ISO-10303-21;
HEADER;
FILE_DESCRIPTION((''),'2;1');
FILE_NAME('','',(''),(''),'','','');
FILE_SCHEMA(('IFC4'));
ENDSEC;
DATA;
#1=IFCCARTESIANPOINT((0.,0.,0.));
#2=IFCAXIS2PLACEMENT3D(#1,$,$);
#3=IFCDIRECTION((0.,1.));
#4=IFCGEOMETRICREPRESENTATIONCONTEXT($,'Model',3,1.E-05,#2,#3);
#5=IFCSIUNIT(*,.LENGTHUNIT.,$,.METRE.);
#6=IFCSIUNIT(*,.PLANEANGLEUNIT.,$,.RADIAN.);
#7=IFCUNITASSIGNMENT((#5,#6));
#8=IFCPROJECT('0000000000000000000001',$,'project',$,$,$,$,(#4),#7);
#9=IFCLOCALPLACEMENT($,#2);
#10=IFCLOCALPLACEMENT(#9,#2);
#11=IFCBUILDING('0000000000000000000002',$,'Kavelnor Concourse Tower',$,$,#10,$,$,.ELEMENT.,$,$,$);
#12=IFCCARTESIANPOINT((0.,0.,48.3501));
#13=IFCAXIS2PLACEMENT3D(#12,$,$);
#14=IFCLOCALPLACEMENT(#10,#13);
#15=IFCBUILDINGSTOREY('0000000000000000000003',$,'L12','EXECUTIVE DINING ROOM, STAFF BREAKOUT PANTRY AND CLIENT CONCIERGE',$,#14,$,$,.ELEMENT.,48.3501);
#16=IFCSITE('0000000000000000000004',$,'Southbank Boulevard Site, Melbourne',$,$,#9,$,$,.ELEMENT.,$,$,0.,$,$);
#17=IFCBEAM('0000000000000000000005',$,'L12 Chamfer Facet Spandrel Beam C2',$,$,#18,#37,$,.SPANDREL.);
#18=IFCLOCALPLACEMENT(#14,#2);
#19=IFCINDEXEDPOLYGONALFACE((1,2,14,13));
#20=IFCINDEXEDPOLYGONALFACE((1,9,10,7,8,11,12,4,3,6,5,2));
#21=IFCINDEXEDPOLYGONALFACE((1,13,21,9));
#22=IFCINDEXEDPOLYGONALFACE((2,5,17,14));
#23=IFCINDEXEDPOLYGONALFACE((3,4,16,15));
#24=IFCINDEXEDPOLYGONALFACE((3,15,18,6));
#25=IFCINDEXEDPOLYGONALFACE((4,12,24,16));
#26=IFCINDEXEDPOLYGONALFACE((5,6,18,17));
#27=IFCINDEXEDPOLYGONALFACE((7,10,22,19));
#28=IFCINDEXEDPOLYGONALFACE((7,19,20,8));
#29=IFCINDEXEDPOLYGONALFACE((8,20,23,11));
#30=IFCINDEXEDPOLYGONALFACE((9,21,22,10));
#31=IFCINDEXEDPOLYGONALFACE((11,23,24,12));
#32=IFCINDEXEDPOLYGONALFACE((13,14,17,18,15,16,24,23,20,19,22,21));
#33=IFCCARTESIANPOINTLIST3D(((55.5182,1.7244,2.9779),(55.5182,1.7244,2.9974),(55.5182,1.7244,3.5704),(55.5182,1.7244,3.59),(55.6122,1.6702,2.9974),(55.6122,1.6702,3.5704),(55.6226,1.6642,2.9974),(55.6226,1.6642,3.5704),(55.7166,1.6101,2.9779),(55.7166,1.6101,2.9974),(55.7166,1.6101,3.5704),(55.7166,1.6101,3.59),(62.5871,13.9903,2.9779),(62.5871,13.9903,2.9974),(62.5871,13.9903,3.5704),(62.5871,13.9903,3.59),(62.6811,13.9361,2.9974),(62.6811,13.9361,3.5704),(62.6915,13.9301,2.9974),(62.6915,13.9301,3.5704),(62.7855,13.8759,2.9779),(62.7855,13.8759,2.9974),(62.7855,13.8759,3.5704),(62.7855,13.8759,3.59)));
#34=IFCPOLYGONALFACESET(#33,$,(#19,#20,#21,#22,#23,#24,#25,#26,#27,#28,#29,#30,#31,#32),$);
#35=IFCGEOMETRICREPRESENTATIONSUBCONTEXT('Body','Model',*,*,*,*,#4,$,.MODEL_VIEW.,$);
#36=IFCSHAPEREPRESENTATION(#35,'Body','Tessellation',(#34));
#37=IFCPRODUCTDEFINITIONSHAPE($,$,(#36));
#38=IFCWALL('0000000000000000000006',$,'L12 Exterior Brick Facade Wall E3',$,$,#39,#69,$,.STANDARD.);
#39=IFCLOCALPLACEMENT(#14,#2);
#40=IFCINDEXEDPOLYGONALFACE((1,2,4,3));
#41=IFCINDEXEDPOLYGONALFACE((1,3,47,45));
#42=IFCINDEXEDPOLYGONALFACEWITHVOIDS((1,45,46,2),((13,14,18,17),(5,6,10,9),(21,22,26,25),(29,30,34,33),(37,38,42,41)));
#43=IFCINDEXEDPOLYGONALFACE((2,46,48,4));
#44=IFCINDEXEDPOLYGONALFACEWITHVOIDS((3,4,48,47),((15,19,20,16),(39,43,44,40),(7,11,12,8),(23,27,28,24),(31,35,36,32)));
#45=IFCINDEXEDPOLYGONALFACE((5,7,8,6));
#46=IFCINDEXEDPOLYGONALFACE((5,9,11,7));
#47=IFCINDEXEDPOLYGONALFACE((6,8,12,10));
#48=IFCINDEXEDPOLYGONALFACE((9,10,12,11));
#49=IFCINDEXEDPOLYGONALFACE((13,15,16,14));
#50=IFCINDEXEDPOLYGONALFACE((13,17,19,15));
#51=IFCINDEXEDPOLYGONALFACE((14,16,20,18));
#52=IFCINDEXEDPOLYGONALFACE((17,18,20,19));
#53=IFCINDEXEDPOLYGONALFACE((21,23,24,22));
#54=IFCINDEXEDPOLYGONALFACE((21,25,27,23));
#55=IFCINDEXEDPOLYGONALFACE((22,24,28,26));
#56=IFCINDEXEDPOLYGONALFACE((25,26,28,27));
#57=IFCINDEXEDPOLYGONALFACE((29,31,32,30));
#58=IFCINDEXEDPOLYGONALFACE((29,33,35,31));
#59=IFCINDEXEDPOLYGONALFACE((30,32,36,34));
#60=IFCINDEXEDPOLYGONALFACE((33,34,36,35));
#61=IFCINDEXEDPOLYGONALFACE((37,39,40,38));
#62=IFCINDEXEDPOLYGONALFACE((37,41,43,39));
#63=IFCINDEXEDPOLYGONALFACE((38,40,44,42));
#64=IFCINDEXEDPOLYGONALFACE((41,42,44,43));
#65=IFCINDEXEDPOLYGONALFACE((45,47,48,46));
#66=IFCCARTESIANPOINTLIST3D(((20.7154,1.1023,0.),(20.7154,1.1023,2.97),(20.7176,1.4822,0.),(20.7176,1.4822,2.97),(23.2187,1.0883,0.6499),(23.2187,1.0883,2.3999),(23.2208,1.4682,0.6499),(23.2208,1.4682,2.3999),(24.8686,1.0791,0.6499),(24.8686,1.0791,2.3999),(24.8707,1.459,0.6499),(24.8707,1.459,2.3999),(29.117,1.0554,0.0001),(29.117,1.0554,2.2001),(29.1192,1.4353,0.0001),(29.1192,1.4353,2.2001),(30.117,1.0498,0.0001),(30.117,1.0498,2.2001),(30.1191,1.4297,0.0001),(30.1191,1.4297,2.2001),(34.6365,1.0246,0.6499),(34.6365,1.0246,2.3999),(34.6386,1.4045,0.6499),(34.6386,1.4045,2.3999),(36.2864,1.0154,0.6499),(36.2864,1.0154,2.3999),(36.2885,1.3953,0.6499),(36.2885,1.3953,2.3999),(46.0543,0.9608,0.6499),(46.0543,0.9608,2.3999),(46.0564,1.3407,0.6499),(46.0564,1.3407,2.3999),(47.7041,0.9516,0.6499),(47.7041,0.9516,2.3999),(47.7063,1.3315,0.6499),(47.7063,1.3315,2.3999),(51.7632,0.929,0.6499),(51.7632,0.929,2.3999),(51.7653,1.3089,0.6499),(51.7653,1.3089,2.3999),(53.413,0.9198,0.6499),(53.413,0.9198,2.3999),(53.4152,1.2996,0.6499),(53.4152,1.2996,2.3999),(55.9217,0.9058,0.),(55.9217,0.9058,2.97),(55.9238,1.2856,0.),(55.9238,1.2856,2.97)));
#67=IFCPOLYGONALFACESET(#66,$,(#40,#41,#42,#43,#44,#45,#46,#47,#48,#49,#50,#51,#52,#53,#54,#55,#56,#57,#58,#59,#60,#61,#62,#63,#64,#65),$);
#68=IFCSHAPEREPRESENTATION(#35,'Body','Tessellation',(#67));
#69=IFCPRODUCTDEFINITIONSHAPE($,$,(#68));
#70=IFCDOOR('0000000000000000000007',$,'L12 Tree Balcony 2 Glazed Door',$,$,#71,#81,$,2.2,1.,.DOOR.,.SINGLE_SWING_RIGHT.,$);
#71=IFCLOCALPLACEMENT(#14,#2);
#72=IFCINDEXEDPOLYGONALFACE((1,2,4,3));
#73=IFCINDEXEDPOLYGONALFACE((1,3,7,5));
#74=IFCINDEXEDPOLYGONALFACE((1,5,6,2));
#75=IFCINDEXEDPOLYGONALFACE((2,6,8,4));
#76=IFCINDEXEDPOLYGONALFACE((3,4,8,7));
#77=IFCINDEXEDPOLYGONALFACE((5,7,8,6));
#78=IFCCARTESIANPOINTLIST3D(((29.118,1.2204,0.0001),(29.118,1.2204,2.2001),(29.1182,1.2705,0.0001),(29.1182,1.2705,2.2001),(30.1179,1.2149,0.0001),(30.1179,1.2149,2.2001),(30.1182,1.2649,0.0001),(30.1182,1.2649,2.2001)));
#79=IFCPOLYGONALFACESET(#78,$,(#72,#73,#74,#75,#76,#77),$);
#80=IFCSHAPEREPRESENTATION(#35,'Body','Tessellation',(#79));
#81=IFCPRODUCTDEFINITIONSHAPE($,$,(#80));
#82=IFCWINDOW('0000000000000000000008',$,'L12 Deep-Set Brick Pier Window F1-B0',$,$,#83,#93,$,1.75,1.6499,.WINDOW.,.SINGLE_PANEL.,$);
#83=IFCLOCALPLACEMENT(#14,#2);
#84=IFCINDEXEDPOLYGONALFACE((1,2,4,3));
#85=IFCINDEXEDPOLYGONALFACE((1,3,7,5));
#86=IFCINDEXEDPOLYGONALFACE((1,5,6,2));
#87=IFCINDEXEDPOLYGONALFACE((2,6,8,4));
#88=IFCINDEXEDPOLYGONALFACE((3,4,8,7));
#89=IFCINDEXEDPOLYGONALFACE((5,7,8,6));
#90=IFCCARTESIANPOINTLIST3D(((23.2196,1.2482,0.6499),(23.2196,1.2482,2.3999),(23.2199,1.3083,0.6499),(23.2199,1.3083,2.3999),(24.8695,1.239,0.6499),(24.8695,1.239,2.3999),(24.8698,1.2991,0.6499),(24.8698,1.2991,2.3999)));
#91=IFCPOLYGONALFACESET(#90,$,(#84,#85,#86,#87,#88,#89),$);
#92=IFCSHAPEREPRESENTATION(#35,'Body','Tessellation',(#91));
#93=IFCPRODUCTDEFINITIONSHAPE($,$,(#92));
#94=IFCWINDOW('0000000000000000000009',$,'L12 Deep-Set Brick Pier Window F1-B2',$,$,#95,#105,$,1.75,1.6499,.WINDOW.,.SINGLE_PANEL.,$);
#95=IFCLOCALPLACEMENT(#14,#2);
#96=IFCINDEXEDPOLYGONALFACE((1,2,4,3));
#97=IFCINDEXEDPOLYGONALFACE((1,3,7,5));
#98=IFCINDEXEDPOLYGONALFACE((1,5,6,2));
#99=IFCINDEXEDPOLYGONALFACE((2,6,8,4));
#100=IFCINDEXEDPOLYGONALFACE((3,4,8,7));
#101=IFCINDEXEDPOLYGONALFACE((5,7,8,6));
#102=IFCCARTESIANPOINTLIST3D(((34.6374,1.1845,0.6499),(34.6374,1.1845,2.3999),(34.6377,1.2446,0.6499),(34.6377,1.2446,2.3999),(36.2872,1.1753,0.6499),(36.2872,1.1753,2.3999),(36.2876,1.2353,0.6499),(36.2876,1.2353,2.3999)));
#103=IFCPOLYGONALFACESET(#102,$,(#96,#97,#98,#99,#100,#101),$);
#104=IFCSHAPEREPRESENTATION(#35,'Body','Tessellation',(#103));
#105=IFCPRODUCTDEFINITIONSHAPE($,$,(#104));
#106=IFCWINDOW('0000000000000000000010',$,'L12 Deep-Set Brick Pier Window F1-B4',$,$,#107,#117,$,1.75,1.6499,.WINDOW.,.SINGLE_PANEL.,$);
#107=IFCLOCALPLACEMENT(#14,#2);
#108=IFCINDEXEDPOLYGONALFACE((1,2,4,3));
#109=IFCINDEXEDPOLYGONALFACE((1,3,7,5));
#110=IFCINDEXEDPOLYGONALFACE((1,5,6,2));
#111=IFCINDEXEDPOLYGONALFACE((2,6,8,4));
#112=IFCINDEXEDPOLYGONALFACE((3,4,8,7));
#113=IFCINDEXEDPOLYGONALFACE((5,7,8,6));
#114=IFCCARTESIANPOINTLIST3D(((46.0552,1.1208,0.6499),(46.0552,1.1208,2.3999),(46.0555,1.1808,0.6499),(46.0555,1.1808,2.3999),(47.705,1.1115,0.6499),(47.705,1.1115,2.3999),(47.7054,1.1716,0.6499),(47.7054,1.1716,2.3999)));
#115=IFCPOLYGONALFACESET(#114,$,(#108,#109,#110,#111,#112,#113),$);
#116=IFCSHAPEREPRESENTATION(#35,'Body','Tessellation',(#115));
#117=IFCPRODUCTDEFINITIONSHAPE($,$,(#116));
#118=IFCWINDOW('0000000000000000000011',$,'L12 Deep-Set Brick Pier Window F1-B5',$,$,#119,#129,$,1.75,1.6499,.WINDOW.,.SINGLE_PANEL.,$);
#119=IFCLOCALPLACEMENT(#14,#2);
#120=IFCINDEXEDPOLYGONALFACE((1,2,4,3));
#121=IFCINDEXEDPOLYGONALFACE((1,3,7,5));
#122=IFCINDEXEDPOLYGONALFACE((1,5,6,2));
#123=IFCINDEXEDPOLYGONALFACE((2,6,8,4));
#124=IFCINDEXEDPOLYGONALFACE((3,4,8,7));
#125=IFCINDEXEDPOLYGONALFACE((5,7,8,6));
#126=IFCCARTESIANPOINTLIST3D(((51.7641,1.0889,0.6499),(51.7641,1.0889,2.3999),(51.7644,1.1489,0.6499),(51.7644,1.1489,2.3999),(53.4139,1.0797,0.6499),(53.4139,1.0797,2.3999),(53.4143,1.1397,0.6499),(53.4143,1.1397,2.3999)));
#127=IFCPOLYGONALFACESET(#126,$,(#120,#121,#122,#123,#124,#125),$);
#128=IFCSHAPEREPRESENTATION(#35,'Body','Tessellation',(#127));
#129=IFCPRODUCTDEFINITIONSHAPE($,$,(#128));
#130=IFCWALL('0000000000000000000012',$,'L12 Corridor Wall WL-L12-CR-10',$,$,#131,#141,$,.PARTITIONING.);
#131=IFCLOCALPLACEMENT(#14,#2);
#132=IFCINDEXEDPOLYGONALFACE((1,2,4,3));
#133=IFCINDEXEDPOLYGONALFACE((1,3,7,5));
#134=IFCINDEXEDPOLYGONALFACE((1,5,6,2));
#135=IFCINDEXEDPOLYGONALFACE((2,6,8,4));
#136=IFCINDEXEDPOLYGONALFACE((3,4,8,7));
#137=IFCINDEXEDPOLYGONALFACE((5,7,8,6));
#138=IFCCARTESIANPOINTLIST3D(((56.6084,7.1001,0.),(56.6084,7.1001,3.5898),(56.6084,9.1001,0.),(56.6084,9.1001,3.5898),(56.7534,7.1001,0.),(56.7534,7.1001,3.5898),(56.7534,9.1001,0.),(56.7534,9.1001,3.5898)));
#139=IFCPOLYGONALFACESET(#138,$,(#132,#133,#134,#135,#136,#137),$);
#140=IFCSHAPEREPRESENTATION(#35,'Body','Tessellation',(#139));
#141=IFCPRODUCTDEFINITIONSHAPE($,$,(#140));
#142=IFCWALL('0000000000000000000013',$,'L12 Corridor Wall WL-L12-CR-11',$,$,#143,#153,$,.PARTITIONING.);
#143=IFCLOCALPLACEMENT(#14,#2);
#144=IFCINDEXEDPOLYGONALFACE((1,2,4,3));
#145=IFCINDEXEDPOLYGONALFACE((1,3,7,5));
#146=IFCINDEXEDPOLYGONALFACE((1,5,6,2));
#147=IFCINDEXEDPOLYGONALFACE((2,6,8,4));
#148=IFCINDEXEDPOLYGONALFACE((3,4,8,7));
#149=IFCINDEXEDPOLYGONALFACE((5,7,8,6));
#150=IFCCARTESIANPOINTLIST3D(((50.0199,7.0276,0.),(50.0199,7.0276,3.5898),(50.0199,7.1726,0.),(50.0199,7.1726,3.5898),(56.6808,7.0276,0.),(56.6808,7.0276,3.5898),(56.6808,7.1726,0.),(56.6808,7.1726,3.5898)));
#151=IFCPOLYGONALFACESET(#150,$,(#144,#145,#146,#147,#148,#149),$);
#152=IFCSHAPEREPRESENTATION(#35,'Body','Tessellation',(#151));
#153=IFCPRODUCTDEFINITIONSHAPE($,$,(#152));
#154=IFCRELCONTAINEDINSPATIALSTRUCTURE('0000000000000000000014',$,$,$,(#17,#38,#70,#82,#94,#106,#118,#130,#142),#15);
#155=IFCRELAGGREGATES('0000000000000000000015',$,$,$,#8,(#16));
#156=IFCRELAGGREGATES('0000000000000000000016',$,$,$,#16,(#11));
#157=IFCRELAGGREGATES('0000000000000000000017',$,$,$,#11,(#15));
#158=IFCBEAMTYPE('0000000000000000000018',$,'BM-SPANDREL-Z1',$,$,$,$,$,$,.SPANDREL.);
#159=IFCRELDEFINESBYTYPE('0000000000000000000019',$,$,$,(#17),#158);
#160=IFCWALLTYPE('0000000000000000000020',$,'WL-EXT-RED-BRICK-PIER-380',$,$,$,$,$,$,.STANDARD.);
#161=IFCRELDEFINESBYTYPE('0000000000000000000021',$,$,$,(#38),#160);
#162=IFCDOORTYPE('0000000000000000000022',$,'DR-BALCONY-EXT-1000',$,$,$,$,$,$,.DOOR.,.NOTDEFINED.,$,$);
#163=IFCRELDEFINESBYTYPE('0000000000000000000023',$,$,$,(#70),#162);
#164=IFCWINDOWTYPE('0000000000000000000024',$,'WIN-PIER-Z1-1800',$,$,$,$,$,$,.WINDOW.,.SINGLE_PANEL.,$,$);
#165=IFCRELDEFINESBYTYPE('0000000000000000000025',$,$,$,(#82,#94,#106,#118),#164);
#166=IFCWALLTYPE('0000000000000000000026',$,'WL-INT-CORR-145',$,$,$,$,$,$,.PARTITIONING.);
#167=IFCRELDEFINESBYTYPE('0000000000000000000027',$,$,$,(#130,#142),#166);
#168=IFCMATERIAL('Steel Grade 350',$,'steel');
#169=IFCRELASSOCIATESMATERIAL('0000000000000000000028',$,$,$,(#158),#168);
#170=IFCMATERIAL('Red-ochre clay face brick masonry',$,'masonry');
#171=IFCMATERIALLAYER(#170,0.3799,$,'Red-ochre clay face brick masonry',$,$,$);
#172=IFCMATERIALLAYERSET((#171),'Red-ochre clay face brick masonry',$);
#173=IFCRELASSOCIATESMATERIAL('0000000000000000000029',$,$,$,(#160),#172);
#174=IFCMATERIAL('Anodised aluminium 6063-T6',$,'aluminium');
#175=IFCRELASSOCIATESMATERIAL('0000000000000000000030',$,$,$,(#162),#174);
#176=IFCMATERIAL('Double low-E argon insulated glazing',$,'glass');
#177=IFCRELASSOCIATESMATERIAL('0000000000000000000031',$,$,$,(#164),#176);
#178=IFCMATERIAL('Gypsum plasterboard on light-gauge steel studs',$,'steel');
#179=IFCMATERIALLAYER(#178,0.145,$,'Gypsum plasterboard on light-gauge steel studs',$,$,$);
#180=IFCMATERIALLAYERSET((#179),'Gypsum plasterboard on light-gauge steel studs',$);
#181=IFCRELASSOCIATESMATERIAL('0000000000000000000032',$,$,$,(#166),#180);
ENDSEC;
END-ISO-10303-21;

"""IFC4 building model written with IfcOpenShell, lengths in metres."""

from ifc_helpers import new_model, si_unit, direction, frame, frame_2d, origin, origin_2d, place, context, subcontext, project, spatial, rectangle, i_section, extrude, material, layer, layer_set, material_profile, profile_set, type_object, element, fill, save


model = new_model("IFC4")

# Units and contexts
model_context = context("Model", 3, precision=1e-05, world=origin(), true_north=direction((0.0, 1.0)))
body_context = subcontext(model_context, "Body", "Model", "MODEL_VIEW")
ifc_project = project(units=[si_unit("LENGTHUNIT", "METRE"), si_unit("PLANEANGLEUNIT", "RADIAN")], contexts=[model_context])

# Site, building, storey
site_placement = place(None, origin())
site = spatial("IfcSite", under=ifc_project, at=site_placement, Name="Southbank Boulevard Site, Melbourne", CompositionType="ELEMENT", RefElevation=0.0)
building_placement = place(site_placement, origin())
building = spatial("IfcBuilding", under=site, at=building_placement, Name="Kavelnor Concourse Tower", CompositionType="ELEMENT")
storey_placement = place(building_placement, frame((0.0, 0.0, 48.3501)))
storey = spatial("IfcBuildingStorey", under=building, at=storey_placement, Name="L12", Description="EXECUTIVE DINING ROOM, STAFF BREAKOUT PANTRY AND CLIENT CONCIERGE", CompositionType="ELEMENT", Elevation=48.3501)

# Shared definitions
ifc_material_1 = material(Name="Steel Grade 350", Category="steel")

# Beam
ifc_material_profile_1 = material_profile(ifc_material_1, i_section(OverallWidth=0.229, OverallDepth=0.6121, WebThickness=0.012, FlangeThickness=0.0195, at=origin_2d()), Name="610UB125")
ifc_profile_set_1 = profile_set([ifc_material_profile_1], Name="Steel Grade 350")
beam_type_1 = type_object("IfcBeamType", Name="BM-SPANDREL-Z1", PredefinedType="SPANDREL", material=ifc_profile_set_1)
beam_1_placement = place(storey_placement, frame((55.6174, 1.6672, 3.2839), z_axis=(0.499319, 0.866418, 0.0), x_axis=(-0.866418, 0.499319, 0.0)))
element("IfcBeam", 1, at=beam_1_placement, inside=storey, type_object=beam_type_1, Name="L12 Chamfer Facet Spandrel Beam C2", PredefinedType="SPANDREL", context=body_context, shape_type="SweptSolid", body=[
    extrude(i_section(OverallWidth=0.229, OverallDepth=0.6121, WebThickness=0.012, FlangeThickness=0.0195, at=origin_2d()), origin(), (0.0, 0.0, 1.0), 14.157),
])

# Wall, openings, door, windows
ifc_material_2 = material(Name="Red-ochre clay face brick masonry", Category="masonry")
ifc_layer_1 = layer(ifc_material_2, 0.3799, Name="Red-ochre clay face brick masonry")
ifc_layer_set_1 = layer_set([ifc_layer_1], Name="Red-ochre clay face brick masonry")
wall_type_1 = type_object("IfcWallType", Name="WL-EXT-RED-BRICK-PIER-380", PredefinedType="STANDARD", material=ifc_layer_set_1)
wall_1_placement = place(storey_placement, frame((55.9229, 1.0957, 0.0), z_axis=(0.0, 0.0, 1.0), x_axis=(-0.999984, 0.005582, 0.0)))
wall_1 = element("IfcWall", 2, at=wall_1_placement, inside=storey, type_object=wall_type_1, Name="L12 Exterior Brick Facade Wall E3", PredefinedType="STANDARD", context=body_context, shape_type="SweptSolid", body=[
    extrude(rectangle(XDim=35.2068, YDim=0.3799, at=frame_2d((17.6035, 0.0))), origin(), (0.0, 0.0, 1.0), 2.97),
])
opening_1_placement = place(wall_1_placement, frame((25.8052, 0.0, 0.0)))
opening_1 = element("IfcOpeningElement", 3, at=opening_1_placement, cuts=wall_1, PredefinedType="OPENING", context=body_context, shape_type="SweptSolid", body=[
    extrude(rectangle(XDim=1.0, YDim=2.2, at=frame_2d((0.5, 1.1001))), frame((0.0, 0.2, 0.0), z_axis=(0.0, -1.0, 0.0), x_axis=(1.0, 0.0, 0.0)), (0.0, 0.0, 1.0), 0.3999),
])
opening_2_placement = place(wall_1_placement, frame((31.0537, 0.0, 0.6499)))
opening_2 = element("IfcOpeningElement", 4, at=opening_2_placement, cuts=wall_1, PredefinedType="OPENING", context=body_context, shape_type="SweptSolid", body=[
    extrude(rectangle(XDim=1.6499, YDim=1.75, at=frame_2d((0.825, 0.875))), frame((0.0, 0.2, 0.0), z_axis=(0.0, -1.0, 0.0), x_axis=(1.0, 0.0, 0.0)), (0.0, 0.0, 1.0), 0.3999),
])
opening_3_placement = place(wall_1_placement, frame((19.6357, 0.0, 0.6499)))
opening_3 = element("IfcOpeningElement", 5, at=opening_3_placement, cuts=wall_1, PredefinedType="OPENING", context=body_context, shape_type="SweptSolid", body=[
    extrude(rectangle(XDim=1.6499, YDim=1.75, at=frame_2d((0.825, 0.875))), frame((0.0, 0.2, 0.0), z_axis=(0.0, -1.0, 0.0), x_axis=(1.0, 0.0, 0.0)), (0.0, 0.0, 1.0), 0.3999),
])
opening_4_placement = place(wall_1_placement, frame((8.2178, 0.0, 0.6499)))
opening_4 = element("IfcOpeningElement", 6, at=opening_4_placement, cuts=wall_1, PredefinedType="OPENING", context=body_context, shape_type="SweptSolid", body=[
    extrude(rectangle(XDim=1.6499, YDim=1.75, at=frame_2d((0.825, 0.875))), frame((0.0, 0.2, 0.0), z_axis=(0.0, -1.0, 0.0), x_axis=(1.0, 0.0, 0.0)), (0.0, 0.0, 1.0), 0.3999),
])
opening_5_placement = place(wall_1_placement, frame((2.5088, 0.0, 0.6499)))
opening_5 = element("IfcOpeningElement", 7, at=opening_5_placement, cuts=wall_1, PredefinedType="OPENING", context=body_context, shape_type="SweptSolid", body=[
    extrude(rectangle(XDim=1.6499, YDim=1.75, at=frame_2d((0.825, 0.875))), frame((0.0, 0.2, 0.0), z_axis=(0.0, -1.0, 0.0), x_axis=(1.0, 0.0, 0.0)), (0.0, 0.0, 1.0), 0.3999),
])
ifc_material_3 = material(Name="Anodised aluminium 6063-T6", Category="aluminium")
door_type = type_object("IfcDoorType", Name="DR-BALCONY-EXT-1000", OperationType="NOTDEFINED", PredefinedType="DOOR", material=ifc_material_3)
door_placement = place(opening_1_placement, origin())
door = element("IfcDoor", 8, at=door_placement, inside=storey, type_object=door_type, Name="L12 Tree Balcony 2 Glazed Door", OperationType="SINGLE_SWING_RIGHT", OverallHeight=2.2, OverallWidth=1.0, PredefinedType="DOOR", context=body_context, shape_type="SweptSolid", body=[
    extrude(rectangle(XDim=1.0, YDim=2.2, at=frame_2d((0.5, 1.1001))), frame((0.0, 0.0249, 0.0), z_axis=(0.0, -1.0, 0.0), x_axis=(1.0, 0.0, 0.0)), (0.0, 0.0, 1.0), 0.05),
])
fill(opening_1, door)
ifc_material_4 = material(Name="Double low-E argon insulated glazing", Category="glass")
window_type = type_object("IfcWindowType", Name="WIN-PIER-Z1-1800", PartitioningType="SINGLE_PANEL", PredefinedType="WINDOW", material=ifc_material_4)
window_1_placement = place(opening_2_placement, origin())
window_1 = element("IfcWindow", 9, at=window_1_placement, inside=storey, type_object=window_type, Name="L12 Deep-Set Brick Pier Window F1-B0", OverallHeight=1.75, OverallWidth=1.6499, PartitioningType="SINGLE_PANEL", PredefinedType="WINDOW", context=body_context, shape_type="SweptSolid", body=[
    extrude(rectangle(XDim=1.6499, YDim=1.75, at=frame_2d((0.825, 0.875))), frame((0.0, 0.03, 0.0), z_axis=(0.0, -1.0, 0.0), x_axis=(1.0, 0.0, 0.0)), (0.0, 0.0, 1.0), 0.0601),
])
fill(opening_2, window_1)
window_2_placement = place(opening_3_placement, origin())
window_2 = element("IfcWindow", 10, at=window_2_placement, inside=storey, type_object=window_type, Name="L12 Deep-Set Brick Pier Window F1-B2", OverallHeight=1.75, OverallWidth=1.6499, PartitioningType="SINGLE_PANEL", PredefinedType="WINDOW", context=body_context, shape_type="SweptSolid", body=[
    extrude(rectangle(XDim=1.6499, YDim=1.75, at=frame_2d((0.825, 0.875))), frame((0.0, 0.03, 0.0), z_axis=(0.0, -1.0, 0.0), x_axis=(1.0, 0.0, 0.0)), (0.0, 0.0, 1.0), 0.0601),
])
fill(opening_3, window_2)
window_3_placement = place(opening_4_placement, origin())
window_3 = element("IfcWindow", 11, at=window_3_placement, inside=storey, type_object=window_type, Name="L12 Deep-Set Brick Pier Window F1-B4", OverallHeight=1.75, OverallWidth=1.6499, PartitioningType="SINGLE_PANEL", PredefinedType="WINDOW", context=body_context, shape_type="SweptSolid", body=[
    extrude(rectangle(XDim=1.6499, YDim=1.75, at=frame_2d((0.825, 0.875))), frame((0.0, 0.03, 0.0), z_axis=(0.0, -1.0, 0.0), x_axis=(1.0, 0.0, 0.0)), (0.0, 0.0, 1.0), 0.0601),
])
fill(opening_4, window_3)
window_4_placement = place(opening_5_placement, origin())
window_4 = element("IfcWindow", 12, at=window_4_placement, inside=storey, type_object=window_type, Name="L12 Deep-Set Brick Pier Window F1-B5", OverallHeight=1.75, OverallWidth=1.6499, PartitioningType="SINGLE_PANEL", PredefinedType="WINDOW", context=body_context, shape_type="SweptSolid", body=[
    extrude(rectangle(XDim=1.6499, YDim=1.75, at=frame_2d((0.825, 0.875))), frame((0.0, 0.03, 0.0), z_axis=(0.0, -1.0, 0.0), x_axis=(1.0, 0.0, 0.0)), (0.0, 0.0, 1.0), 0.0601),
])
fill(opening_5, window_4)

# Walls
ifc_material_5 = material(Name="Gypsum plasterboard on light-gauge steel studs", Category="steel")
ifc_layer_2 = layer(ifc_material_5, 0.145, Name="Gypsum plasterboard on light-gauge steel studs")
ifc_layer_set_2 = layer_set([ifc_layer_2], Name="Gypsum plasterboard on light-gauge steel studs")
wall_type_2 = type_object("IfcWallType", Name="WL-INT-CORR-145", PredefinedType="PARTITIONING", material=ifc_layer_set_2)
wall_2_placement = place(storey_placement, frame((56.6809, 9.1001, 0.0), z_axis=(0.0, 0.0, 1.0), x_axis=(0.0, -1.0, 0.0)))
element("IfcWall", 13, at=wall_2_placement, inside=storey, type_object=wall_type_2, Name="L12 Corridor Wall WL-L12-CR-10", PredefinedType="PARTITIONING", context=body_context, shape_type="SweptSolid", body=[
    extrude(rectangle(XDim=2.0, YDim=0.145, at=frame_2d((1.0, 0.0))), origin(), (0.0, 0.0, 1.0), 3.5898),
])
wall_3_placement = place(storey_placement, frame((56.6809, 7.1001, 0.0), z_axis=(0.0, 0.0, 1.0), x_axis=(-1.0, 0.0, 0.0)))
element("IfcWall", 14, at=wall_3_placement, inside=storey, type_object=wall_type_2, Name="L12 Corridor Wall WL-L12-CR-11", PredefinedType="PARTITIONING", context=body_context, shape_type="SweptSolid", body=[
    extrude(rectangle(XDim=6.6609, YDim=0.145, at=frame_2d((3.3306, 0.0))), origin(), (0.0, 0.0, 1.0), 3.5898),
])

save(model, "model.ifc")
